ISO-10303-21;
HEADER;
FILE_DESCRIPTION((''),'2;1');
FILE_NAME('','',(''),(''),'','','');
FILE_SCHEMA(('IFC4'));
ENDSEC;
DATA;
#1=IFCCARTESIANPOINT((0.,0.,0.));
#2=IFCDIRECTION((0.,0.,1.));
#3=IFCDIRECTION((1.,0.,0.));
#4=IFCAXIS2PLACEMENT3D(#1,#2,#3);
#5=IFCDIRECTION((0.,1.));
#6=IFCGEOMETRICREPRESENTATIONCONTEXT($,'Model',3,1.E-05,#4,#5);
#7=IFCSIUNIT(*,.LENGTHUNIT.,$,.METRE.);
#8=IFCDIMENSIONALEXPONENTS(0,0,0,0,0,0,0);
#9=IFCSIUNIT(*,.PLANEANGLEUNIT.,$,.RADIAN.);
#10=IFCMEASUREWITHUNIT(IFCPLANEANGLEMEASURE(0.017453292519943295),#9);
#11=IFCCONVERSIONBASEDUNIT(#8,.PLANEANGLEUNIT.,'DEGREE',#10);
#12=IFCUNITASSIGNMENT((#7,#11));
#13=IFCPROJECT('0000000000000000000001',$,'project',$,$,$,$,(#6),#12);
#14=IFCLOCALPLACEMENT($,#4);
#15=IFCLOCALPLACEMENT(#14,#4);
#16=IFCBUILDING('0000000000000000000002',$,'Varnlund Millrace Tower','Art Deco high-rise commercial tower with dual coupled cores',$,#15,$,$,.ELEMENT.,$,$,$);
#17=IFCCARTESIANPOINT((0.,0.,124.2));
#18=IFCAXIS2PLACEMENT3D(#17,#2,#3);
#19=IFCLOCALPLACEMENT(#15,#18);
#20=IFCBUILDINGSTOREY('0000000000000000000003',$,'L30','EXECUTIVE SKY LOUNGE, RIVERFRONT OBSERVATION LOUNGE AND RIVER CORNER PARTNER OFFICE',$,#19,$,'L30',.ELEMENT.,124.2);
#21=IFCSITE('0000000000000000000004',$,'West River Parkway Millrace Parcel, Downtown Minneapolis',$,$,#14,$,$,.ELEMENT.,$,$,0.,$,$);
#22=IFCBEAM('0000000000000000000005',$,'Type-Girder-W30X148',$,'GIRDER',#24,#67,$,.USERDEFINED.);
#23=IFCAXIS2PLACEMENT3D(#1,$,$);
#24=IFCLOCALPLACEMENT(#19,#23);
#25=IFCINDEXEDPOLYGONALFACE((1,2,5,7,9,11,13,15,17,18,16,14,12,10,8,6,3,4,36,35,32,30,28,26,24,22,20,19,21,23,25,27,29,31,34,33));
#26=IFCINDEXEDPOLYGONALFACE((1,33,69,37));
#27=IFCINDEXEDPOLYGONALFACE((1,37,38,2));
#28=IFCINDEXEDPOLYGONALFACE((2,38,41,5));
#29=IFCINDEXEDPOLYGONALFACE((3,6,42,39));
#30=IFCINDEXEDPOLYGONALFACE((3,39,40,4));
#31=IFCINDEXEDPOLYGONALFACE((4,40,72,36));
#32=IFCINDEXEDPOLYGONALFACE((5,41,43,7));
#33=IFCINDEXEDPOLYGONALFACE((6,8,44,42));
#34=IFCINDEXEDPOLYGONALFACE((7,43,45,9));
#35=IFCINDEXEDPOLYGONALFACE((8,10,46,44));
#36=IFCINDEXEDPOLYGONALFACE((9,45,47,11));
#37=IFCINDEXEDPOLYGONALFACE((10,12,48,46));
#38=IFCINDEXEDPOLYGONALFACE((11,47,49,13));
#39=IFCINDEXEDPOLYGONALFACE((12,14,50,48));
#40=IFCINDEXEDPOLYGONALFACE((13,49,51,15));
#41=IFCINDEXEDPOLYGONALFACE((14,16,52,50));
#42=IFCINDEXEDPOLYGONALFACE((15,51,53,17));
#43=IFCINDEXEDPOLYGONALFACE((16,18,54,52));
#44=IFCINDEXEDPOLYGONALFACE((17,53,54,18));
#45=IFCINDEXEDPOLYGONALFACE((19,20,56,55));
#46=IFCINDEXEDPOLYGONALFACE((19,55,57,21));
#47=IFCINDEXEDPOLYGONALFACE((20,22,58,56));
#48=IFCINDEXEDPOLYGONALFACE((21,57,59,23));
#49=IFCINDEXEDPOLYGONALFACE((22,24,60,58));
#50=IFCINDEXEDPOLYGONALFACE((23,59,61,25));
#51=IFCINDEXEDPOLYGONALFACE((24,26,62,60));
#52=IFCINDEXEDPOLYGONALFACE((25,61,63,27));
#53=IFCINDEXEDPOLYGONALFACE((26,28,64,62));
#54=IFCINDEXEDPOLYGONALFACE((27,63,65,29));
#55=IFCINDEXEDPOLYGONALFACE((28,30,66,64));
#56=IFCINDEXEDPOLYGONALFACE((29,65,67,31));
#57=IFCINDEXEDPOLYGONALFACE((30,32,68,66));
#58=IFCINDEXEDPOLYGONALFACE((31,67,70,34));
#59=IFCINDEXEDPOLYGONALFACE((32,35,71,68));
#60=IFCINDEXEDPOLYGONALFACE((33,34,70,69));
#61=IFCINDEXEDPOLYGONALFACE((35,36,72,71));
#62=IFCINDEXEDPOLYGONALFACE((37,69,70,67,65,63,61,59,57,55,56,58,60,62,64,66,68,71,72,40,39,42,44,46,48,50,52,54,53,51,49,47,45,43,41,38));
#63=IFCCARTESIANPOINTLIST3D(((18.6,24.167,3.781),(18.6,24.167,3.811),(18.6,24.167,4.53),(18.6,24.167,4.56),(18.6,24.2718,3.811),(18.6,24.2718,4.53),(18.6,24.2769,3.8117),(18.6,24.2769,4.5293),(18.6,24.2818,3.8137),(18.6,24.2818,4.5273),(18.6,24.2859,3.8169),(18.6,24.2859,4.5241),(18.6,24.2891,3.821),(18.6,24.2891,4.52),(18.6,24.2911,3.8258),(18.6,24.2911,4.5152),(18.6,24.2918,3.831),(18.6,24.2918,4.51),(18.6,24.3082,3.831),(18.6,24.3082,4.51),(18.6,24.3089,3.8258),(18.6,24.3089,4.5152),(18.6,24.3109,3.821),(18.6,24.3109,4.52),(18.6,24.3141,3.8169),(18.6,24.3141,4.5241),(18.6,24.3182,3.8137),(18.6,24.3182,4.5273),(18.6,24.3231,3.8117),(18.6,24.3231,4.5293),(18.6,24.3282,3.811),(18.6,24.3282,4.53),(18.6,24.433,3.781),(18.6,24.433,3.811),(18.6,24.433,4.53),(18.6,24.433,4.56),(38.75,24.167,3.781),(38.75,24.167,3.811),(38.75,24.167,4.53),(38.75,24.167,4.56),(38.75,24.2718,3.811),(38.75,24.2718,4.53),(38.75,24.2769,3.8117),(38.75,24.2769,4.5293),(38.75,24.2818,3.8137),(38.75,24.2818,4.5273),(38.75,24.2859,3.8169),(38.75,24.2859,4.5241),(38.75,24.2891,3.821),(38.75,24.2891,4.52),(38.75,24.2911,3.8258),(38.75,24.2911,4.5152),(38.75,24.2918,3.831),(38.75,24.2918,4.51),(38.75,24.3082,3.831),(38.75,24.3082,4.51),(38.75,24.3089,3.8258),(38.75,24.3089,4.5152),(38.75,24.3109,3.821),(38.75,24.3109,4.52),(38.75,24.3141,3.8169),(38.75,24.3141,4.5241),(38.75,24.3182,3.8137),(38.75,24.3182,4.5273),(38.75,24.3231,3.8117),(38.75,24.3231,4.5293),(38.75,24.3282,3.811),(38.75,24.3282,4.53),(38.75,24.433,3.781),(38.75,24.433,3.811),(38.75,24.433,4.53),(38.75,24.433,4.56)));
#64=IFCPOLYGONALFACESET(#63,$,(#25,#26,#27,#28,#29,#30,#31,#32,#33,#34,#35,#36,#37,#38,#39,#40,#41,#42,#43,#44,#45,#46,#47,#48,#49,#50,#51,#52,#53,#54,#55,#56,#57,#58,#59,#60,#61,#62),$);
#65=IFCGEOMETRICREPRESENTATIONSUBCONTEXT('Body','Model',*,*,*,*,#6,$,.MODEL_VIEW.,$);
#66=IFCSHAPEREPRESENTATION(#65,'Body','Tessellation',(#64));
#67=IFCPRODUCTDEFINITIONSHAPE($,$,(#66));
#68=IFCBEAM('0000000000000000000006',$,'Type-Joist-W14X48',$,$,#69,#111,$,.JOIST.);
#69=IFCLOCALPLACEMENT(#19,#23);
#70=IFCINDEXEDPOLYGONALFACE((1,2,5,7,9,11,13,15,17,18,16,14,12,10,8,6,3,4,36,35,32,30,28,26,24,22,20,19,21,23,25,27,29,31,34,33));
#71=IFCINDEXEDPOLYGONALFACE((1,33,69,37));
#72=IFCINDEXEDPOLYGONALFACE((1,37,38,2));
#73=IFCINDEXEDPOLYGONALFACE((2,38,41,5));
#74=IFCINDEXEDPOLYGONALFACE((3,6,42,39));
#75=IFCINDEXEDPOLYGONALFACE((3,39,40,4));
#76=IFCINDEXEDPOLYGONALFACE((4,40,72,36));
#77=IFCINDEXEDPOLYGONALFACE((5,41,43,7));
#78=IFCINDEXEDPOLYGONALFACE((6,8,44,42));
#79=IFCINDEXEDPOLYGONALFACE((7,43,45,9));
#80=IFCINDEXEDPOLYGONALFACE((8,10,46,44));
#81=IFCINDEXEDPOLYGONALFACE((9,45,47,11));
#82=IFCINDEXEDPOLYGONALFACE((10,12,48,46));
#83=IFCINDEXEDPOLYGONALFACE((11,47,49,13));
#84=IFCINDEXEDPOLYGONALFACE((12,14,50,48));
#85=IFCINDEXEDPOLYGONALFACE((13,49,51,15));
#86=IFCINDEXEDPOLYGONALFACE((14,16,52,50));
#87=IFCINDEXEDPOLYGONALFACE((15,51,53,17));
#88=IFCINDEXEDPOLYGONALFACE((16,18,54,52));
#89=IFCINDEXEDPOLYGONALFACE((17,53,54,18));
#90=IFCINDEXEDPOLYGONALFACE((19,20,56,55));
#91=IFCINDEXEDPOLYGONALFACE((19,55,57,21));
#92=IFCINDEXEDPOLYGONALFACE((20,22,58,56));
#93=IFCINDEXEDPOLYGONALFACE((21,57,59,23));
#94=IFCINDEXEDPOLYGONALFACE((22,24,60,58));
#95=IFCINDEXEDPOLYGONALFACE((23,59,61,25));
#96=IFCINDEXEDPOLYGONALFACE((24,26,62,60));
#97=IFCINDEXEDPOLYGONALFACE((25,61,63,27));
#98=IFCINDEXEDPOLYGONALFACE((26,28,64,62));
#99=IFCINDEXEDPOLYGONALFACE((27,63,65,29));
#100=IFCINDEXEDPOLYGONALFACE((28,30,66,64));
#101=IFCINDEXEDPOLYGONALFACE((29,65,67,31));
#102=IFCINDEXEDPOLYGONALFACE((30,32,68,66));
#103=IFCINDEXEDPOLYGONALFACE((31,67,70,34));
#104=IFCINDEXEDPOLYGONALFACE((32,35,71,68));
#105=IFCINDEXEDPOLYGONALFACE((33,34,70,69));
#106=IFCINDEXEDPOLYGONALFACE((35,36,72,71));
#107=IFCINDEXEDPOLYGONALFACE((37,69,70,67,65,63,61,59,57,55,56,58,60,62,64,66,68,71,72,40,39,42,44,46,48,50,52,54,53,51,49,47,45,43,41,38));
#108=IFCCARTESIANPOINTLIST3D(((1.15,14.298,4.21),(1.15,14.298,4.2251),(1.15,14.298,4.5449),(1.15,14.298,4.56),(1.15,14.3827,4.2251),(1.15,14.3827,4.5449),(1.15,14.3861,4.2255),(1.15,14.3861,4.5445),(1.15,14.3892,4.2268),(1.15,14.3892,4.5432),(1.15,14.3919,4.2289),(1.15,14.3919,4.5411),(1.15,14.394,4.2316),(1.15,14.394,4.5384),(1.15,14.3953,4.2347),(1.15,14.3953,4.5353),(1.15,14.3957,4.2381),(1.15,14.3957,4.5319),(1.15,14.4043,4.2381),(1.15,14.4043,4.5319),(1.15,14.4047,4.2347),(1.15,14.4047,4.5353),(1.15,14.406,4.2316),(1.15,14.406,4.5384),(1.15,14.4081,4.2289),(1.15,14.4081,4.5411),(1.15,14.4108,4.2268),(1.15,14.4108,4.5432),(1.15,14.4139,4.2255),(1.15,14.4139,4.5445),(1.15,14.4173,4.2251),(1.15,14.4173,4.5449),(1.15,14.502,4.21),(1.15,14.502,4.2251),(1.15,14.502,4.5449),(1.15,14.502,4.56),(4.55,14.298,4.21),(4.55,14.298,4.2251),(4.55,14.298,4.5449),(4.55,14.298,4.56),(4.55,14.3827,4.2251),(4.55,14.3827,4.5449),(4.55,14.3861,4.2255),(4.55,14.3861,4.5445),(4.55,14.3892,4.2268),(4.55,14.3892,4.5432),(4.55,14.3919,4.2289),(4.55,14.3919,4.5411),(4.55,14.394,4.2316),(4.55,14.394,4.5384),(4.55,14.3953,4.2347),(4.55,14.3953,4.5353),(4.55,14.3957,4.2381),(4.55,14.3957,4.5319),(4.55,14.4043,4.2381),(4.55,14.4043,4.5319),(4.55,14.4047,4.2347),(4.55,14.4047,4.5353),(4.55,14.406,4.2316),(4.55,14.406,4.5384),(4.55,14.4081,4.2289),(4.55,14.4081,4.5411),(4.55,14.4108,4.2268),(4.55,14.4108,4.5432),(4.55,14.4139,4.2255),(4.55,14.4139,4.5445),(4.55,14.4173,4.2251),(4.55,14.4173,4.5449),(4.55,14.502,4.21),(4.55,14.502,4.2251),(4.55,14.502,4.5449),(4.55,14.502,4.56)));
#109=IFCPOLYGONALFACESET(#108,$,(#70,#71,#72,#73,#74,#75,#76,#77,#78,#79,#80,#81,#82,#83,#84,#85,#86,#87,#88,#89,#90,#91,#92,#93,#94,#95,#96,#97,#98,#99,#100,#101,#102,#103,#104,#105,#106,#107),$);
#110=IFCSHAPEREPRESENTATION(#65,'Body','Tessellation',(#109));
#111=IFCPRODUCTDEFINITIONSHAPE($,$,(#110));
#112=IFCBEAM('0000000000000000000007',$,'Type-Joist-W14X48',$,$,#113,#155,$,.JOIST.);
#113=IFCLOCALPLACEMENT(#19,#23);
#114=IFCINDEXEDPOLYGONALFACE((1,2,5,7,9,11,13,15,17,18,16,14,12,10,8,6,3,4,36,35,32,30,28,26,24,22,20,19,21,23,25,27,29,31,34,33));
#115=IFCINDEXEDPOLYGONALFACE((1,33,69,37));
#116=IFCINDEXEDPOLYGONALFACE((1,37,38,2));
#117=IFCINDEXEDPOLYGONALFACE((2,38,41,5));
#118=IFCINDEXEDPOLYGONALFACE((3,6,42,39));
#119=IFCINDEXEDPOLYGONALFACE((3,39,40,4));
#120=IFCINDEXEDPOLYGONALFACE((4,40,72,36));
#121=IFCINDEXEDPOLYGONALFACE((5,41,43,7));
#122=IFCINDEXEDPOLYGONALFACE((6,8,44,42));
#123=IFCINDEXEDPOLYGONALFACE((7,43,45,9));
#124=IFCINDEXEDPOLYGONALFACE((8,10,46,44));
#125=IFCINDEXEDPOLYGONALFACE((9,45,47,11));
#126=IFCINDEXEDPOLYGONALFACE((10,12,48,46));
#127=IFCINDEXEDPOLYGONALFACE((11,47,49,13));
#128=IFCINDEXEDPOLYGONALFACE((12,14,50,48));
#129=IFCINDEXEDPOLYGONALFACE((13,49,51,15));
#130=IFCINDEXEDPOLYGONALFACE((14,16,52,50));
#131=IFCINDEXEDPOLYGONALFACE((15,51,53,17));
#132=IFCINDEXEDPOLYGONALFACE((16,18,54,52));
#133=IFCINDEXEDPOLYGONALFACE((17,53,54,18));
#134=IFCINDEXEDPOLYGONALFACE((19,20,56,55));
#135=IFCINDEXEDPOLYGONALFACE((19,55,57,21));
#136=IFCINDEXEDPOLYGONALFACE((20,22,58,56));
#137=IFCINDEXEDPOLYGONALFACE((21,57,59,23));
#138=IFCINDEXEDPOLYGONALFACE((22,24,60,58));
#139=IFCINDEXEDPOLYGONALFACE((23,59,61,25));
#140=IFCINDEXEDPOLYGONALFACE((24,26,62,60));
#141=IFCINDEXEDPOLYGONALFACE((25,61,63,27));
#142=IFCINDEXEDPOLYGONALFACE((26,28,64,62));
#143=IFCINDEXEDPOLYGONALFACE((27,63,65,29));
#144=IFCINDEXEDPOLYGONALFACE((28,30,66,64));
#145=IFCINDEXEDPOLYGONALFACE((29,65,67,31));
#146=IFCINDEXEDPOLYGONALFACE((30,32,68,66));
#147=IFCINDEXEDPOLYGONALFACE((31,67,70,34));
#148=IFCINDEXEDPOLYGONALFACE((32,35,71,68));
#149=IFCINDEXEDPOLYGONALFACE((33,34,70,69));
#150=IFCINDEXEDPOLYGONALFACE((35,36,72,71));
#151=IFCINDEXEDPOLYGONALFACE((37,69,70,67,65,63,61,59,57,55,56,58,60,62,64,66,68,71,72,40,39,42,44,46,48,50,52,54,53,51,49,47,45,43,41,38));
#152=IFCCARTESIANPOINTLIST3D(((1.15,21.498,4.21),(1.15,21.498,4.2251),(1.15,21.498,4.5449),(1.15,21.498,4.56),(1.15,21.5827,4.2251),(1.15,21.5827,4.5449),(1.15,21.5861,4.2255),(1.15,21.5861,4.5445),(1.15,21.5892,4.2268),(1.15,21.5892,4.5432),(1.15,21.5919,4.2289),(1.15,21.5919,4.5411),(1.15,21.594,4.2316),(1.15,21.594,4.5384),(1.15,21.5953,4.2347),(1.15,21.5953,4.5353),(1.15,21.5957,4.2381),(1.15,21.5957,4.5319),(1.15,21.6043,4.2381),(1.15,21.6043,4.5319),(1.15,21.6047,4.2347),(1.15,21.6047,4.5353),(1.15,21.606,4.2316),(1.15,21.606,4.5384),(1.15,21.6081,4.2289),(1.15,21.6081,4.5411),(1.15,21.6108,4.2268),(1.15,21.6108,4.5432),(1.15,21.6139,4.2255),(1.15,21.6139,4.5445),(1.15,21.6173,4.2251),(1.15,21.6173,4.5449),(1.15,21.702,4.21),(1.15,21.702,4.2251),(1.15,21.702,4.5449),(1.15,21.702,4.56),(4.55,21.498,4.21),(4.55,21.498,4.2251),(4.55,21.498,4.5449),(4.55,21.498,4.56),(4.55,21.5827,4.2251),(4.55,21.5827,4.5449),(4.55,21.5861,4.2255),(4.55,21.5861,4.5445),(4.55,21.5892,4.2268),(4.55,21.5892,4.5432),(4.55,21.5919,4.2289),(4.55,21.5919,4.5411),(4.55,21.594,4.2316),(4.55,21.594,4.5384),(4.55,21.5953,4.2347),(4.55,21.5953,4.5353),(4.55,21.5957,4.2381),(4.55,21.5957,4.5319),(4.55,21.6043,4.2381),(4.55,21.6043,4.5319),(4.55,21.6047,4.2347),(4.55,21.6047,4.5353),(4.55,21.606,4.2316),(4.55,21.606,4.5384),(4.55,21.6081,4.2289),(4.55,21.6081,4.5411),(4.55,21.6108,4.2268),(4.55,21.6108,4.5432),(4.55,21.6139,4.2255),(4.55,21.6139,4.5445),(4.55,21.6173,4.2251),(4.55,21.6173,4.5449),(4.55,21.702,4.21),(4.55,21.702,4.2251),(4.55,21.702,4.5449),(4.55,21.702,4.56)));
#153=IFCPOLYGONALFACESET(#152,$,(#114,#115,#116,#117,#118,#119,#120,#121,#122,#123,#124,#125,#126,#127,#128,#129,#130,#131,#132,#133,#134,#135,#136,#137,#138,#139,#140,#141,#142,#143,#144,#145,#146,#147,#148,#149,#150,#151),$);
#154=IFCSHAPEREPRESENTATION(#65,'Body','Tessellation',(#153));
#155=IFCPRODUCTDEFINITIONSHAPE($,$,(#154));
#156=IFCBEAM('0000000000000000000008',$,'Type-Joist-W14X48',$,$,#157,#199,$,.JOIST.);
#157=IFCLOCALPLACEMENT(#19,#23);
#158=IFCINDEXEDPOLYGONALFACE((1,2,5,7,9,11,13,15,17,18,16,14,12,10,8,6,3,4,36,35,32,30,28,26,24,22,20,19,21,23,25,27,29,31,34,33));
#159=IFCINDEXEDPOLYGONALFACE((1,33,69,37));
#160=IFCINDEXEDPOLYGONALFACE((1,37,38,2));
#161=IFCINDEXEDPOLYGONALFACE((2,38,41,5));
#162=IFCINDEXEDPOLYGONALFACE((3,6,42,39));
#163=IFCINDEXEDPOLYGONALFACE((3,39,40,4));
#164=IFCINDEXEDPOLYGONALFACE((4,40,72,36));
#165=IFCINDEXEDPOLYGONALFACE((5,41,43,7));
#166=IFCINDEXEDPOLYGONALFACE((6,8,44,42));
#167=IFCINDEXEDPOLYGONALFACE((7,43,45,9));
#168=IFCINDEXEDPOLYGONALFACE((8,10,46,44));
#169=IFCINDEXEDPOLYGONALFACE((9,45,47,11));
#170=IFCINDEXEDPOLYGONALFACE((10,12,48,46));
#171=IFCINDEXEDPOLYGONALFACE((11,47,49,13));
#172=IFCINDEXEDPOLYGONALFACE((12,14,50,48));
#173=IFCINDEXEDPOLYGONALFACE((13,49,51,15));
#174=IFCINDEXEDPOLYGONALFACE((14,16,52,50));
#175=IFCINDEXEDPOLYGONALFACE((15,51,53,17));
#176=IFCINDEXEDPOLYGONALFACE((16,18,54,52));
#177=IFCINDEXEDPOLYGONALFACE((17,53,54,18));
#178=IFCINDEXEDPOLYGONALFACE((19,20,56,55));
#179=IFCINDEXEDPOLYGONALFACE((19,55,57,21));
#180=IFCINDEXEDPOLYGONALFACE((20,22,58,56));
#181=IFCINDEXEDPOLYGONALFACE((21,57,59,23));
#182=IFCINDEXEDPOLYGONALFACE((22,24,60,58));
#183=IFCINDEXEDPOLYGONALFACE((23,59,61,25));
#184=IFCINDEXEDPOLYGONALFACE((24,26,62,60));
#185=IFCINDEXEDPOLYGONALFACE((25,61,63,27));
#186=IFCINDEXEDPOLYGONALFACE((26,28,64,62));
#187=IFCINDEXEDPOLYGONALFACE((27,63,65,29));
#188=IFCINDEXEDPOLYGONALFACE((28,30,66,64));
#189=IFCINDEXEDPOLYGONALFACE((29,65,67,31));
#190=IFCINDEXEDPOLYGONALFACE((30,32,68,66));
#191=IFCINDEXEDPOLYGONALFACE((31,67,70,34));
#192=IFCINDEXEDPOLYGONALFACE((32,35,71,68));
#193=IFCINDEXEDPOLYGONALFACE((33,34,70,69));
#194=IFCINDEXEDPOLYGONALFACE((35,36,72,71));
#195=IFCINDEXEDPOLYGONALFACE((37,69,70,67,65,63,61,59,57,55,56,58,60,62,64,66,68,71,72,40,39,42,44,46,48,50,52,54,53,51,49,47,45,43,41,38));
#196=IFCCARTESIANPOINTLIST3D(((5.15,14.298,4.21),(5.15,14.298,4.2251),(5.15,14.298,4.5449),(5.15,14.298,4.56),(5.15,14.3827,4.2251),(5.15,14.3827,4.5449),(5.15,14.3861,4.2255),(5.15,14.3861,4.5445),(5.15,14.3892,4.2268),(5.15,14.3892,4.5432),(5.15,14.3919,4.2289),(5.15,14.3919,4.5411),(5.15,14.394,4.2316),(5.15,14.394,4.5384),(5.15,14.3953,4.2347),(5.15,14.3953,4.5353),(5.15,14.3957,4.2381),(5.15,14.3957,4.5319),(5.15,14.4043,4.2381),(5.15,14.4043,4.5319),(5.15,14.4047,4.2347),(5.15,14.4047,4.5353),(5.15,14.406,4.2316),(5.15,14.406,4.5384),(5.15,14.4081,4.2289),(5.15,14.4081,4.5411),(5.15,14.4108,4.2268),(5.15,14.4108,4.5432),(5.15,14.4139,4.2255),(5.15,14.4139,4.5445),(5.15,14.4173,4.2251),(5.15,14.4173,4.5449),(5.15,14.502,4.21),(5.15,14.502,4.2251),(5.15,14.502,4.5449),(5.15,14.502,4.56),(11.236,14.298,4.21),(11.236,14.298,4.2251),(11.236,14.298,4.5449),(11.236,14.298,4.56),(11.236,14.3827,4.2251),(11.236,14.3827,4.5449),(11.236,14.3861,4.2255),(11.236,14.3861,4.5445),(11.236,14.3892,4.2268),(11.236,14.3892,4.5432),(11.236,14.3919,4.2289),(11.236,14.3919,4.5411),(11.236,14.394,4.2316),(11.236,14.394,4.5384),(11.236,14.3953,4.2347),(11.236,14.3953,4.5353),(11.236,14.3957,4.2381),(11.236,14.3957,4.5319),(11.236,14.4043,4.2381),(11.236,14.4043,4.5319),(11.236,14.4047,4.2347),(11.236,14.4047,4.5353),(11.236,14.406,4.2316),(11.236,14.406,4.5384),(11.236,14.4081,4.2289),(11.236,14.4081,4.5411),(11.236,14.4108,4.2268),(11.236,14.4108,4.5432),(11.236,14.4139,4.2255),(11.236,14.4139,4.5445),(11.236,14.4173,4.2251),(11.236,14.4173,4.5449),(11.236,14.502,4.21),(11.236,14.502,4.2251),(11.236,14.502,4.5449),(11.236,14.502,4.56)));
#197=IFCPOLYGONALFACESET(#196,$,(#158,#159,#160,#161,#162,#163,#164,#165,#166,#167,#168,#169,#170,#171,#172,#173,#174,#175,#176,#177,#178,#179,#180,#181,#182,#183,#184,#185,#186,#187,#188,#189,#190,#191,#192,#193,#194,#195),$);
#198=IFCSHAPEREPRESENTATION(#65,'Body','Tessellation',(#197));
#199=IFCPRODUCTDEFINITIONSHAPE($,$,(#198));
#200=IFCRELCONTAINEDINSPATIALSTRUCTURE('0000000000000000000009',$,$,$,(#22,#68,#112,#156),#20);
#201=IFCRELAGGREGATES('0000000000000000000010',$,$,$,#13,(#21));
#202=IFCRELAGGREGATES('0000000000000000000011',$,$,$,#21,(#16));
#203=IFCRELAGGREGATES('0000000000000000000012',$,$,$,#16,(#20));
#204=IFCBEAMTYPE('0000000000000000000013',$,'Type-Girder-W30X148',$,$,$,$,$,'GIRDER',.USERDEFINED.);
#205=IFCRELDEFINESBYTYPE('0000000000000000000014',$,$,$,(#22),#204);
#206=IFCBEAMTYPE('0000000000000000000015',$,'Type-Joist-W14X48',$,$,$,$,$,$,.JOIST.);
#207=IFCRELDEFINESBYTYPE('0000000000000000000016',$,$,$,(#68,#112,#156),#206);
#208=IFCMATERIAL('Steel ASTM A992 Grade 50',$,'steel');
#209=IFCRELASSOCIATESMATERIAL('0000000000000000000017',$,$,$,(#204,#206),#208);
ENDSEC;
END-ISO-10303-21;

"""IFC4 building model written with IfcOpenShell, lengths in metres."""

from ifc_helpers import new_model, entity, si_unit, converted_unit, direction, frame, origin_with_axes, origin_2d_with_axis, place, context, subcontext, project, spatial, i_section, extrude, material, material_profile, profile_set, type_object, element, save


model = new_model("IFC4")

# Units and contexts
model_context = context("Model", 3, precision=1e-05, world=origin_with_axes(), true_north=direction((0.0, 1.0)))
body_context = subcontext(model_context, "Body", "Model", "MODEL_VIEW")
ifc_project = project(units=[si_unit("LENGTHUNIT", "METRE"), converted_unit("PLANEANGLEUNIT", "DEGREE", entity("IfcPlaneAngleMeasure", 0.017453292519943295), si_unit("PLANEANGLEUNIT", "RADIAN"), dimensions=[0, 0, 0, 0, 0, 0, 0])], contexts=[model_context])

# Site, building, storey
site_placement = place(None, origin_with_axes())
site = spatial("IfcSite", under=ifc_project, at=site_placement, Name="West River Parkway Millrace Parcel, Downtown Minneapolis", CompositionType="ELEMENT", RefElevation=0.0)
building_placement = place(site_placement, origin_with_axes())
building = spatial("IfcBuilding", under=site, at=building_placement, Name="Varnlund Millrace Tower", Description="Art Deco high-rise commercial tower with dual coupled cores", CompositionType="ELEMENT")
storey_placement = place(building_placement, frame((0.0, 0.0, 124.2), z_axis=(0.0, 0.0, 1.0), x_axis=(1.0, 0.0, 0.0)))
storey = spatial("IfcBuildingStorey", under=building, at=storey_placement, Name="L30", Description="EXECUTIVE SKY LOUNGE, RIVERFRONT OBSERVATION LOUNGE AND RIVER CORNER PARTNER OFFICE", LongName="L30", CompositionType="ELEMENT", Elevation=124.2)

# Beams
ifc_material_1 = material(Name="Steel ASTM A992 Grade 50", Category="steel")
ifc_material_profile_1 = material_profile(ifc_material_1, i_section(OverallWidth=0.266, OverallDepth=0.779, WebThickness=0.0165, FlangeThickness=0.03, FilletRadius=0.02, at=origin_2d_with_axis()), Name="Steel ASTM A992 Grade 50")
ifc_profile_set_1 = profile_set([ifc_material_profile_1], Name="Steel ASTM A992 Grade 50")
beam_type_1 = type_object("IfcBeamType", Name="Type-Girder-W30X148", ElementType="GIRDER", PredefinedType="USERDEFINED", material=ifc_profile_set_1)
beam_1_placement = place(storey_placement, frame((18.6, 24.3, 4.1705), z_axis=(1.0, 0.0, 0.0), x_axis=(0.0, 1.0, 0.0)))
element("IfcBeam", 1, at=beam_1_placement, inside=storey, type_object=beam_type_1, Name="Type-Girder-W30X148", ObjectType="GIRDER", PredefinedType="USERDEFINED", context=body_context, shape_type="SweptSolid", body=[
    extrude(i_section(OverallWidth=0.266, OverallDepth=0.779, WebThickness=0.0165, FlangeThickness=0.03, FilletRadius=0.02, at=origin_2d_with_axis()), origin_with_axes(), (0.0, 0.0, 1.0), 20.15),
])
ifc_material_profile_2 = material_profile(ifc_material_1, i_section(OverallWidth=0.204, OverallDepth=0.35, WebThickness=0.0086, FlangeThickness=0.0151, FilletRadius=0.013, at=origin_2d_with_axis()), Name="Steel ASTM A992 Grade 50")
ifc_profile_set_2 = profile_set([ifc_material_profile_2], Name="Steel ASTM A992 Grade 50")
beam_type_2 = type_object("IfcBeamType", Name="Type-Joist-W14X48", PredefinedType="JOIST", material=ifc_profile_set_2)
for number, where, z_axis, x_axis, name in (
    (2, (1.15, 14.4, 4.385), (1.0, 0.0, 0.0), (0.0, 1.0, 0.0), "Type-Joist-W14X48"),
    (3, (1.15, 21.6, 4.385), (1.0, 0.0, 0.0), (0.0, 1.0, 0.0), "Type-Joist-W14X48"),
):
    element("IfcBeam", number, at=place(storey_placement, frame(where, z_axis=z_axis, x_axis=x_axis)), inside=storey, type_object=beam_type_2, Name=name, PredefinedType="JOIST", context=body_context, shape_type="SweptSolid", body=[
        extrude(i_section(OverallWidth=0.204, OverallDepth=0.35, WebThickness=0.0086, FlangeThickness=0.0151, FilletRadius=0.013, at=origin_2d_with_axis()), origin_with_axes(), (0.0, 0.0, 1.0), 3.4),
    ])
for number, where, z_axis, x_axis, name in (
    (4, (5.15, 14.4, 4.385), (1.0, 0.0, 0.0), (0.0, 1.0, 0.0), "Type-Joist-W14X48"),
):
    element("IfcBeam", number, at=place(storey_placement, frame(where, z_axis=z_axis, x_axis=x_axis)), inside=storey, type_object=beam_type_2, Name=name, PredefinedType="JOIST", context=body_context, shape_type="SweptSolid", body=[
        extrude(i_section(OverallWidth=0.204, OverallDepth=0.35, WebThickness=0.0086, FlangeThickness=0.0151, FilletRadius=0.013, at=origin_2d_with_axis()), origin_with_axes(), (0.0, 0.0, 1.0), 6.086),
    ])

save(model, "model.ifc")
